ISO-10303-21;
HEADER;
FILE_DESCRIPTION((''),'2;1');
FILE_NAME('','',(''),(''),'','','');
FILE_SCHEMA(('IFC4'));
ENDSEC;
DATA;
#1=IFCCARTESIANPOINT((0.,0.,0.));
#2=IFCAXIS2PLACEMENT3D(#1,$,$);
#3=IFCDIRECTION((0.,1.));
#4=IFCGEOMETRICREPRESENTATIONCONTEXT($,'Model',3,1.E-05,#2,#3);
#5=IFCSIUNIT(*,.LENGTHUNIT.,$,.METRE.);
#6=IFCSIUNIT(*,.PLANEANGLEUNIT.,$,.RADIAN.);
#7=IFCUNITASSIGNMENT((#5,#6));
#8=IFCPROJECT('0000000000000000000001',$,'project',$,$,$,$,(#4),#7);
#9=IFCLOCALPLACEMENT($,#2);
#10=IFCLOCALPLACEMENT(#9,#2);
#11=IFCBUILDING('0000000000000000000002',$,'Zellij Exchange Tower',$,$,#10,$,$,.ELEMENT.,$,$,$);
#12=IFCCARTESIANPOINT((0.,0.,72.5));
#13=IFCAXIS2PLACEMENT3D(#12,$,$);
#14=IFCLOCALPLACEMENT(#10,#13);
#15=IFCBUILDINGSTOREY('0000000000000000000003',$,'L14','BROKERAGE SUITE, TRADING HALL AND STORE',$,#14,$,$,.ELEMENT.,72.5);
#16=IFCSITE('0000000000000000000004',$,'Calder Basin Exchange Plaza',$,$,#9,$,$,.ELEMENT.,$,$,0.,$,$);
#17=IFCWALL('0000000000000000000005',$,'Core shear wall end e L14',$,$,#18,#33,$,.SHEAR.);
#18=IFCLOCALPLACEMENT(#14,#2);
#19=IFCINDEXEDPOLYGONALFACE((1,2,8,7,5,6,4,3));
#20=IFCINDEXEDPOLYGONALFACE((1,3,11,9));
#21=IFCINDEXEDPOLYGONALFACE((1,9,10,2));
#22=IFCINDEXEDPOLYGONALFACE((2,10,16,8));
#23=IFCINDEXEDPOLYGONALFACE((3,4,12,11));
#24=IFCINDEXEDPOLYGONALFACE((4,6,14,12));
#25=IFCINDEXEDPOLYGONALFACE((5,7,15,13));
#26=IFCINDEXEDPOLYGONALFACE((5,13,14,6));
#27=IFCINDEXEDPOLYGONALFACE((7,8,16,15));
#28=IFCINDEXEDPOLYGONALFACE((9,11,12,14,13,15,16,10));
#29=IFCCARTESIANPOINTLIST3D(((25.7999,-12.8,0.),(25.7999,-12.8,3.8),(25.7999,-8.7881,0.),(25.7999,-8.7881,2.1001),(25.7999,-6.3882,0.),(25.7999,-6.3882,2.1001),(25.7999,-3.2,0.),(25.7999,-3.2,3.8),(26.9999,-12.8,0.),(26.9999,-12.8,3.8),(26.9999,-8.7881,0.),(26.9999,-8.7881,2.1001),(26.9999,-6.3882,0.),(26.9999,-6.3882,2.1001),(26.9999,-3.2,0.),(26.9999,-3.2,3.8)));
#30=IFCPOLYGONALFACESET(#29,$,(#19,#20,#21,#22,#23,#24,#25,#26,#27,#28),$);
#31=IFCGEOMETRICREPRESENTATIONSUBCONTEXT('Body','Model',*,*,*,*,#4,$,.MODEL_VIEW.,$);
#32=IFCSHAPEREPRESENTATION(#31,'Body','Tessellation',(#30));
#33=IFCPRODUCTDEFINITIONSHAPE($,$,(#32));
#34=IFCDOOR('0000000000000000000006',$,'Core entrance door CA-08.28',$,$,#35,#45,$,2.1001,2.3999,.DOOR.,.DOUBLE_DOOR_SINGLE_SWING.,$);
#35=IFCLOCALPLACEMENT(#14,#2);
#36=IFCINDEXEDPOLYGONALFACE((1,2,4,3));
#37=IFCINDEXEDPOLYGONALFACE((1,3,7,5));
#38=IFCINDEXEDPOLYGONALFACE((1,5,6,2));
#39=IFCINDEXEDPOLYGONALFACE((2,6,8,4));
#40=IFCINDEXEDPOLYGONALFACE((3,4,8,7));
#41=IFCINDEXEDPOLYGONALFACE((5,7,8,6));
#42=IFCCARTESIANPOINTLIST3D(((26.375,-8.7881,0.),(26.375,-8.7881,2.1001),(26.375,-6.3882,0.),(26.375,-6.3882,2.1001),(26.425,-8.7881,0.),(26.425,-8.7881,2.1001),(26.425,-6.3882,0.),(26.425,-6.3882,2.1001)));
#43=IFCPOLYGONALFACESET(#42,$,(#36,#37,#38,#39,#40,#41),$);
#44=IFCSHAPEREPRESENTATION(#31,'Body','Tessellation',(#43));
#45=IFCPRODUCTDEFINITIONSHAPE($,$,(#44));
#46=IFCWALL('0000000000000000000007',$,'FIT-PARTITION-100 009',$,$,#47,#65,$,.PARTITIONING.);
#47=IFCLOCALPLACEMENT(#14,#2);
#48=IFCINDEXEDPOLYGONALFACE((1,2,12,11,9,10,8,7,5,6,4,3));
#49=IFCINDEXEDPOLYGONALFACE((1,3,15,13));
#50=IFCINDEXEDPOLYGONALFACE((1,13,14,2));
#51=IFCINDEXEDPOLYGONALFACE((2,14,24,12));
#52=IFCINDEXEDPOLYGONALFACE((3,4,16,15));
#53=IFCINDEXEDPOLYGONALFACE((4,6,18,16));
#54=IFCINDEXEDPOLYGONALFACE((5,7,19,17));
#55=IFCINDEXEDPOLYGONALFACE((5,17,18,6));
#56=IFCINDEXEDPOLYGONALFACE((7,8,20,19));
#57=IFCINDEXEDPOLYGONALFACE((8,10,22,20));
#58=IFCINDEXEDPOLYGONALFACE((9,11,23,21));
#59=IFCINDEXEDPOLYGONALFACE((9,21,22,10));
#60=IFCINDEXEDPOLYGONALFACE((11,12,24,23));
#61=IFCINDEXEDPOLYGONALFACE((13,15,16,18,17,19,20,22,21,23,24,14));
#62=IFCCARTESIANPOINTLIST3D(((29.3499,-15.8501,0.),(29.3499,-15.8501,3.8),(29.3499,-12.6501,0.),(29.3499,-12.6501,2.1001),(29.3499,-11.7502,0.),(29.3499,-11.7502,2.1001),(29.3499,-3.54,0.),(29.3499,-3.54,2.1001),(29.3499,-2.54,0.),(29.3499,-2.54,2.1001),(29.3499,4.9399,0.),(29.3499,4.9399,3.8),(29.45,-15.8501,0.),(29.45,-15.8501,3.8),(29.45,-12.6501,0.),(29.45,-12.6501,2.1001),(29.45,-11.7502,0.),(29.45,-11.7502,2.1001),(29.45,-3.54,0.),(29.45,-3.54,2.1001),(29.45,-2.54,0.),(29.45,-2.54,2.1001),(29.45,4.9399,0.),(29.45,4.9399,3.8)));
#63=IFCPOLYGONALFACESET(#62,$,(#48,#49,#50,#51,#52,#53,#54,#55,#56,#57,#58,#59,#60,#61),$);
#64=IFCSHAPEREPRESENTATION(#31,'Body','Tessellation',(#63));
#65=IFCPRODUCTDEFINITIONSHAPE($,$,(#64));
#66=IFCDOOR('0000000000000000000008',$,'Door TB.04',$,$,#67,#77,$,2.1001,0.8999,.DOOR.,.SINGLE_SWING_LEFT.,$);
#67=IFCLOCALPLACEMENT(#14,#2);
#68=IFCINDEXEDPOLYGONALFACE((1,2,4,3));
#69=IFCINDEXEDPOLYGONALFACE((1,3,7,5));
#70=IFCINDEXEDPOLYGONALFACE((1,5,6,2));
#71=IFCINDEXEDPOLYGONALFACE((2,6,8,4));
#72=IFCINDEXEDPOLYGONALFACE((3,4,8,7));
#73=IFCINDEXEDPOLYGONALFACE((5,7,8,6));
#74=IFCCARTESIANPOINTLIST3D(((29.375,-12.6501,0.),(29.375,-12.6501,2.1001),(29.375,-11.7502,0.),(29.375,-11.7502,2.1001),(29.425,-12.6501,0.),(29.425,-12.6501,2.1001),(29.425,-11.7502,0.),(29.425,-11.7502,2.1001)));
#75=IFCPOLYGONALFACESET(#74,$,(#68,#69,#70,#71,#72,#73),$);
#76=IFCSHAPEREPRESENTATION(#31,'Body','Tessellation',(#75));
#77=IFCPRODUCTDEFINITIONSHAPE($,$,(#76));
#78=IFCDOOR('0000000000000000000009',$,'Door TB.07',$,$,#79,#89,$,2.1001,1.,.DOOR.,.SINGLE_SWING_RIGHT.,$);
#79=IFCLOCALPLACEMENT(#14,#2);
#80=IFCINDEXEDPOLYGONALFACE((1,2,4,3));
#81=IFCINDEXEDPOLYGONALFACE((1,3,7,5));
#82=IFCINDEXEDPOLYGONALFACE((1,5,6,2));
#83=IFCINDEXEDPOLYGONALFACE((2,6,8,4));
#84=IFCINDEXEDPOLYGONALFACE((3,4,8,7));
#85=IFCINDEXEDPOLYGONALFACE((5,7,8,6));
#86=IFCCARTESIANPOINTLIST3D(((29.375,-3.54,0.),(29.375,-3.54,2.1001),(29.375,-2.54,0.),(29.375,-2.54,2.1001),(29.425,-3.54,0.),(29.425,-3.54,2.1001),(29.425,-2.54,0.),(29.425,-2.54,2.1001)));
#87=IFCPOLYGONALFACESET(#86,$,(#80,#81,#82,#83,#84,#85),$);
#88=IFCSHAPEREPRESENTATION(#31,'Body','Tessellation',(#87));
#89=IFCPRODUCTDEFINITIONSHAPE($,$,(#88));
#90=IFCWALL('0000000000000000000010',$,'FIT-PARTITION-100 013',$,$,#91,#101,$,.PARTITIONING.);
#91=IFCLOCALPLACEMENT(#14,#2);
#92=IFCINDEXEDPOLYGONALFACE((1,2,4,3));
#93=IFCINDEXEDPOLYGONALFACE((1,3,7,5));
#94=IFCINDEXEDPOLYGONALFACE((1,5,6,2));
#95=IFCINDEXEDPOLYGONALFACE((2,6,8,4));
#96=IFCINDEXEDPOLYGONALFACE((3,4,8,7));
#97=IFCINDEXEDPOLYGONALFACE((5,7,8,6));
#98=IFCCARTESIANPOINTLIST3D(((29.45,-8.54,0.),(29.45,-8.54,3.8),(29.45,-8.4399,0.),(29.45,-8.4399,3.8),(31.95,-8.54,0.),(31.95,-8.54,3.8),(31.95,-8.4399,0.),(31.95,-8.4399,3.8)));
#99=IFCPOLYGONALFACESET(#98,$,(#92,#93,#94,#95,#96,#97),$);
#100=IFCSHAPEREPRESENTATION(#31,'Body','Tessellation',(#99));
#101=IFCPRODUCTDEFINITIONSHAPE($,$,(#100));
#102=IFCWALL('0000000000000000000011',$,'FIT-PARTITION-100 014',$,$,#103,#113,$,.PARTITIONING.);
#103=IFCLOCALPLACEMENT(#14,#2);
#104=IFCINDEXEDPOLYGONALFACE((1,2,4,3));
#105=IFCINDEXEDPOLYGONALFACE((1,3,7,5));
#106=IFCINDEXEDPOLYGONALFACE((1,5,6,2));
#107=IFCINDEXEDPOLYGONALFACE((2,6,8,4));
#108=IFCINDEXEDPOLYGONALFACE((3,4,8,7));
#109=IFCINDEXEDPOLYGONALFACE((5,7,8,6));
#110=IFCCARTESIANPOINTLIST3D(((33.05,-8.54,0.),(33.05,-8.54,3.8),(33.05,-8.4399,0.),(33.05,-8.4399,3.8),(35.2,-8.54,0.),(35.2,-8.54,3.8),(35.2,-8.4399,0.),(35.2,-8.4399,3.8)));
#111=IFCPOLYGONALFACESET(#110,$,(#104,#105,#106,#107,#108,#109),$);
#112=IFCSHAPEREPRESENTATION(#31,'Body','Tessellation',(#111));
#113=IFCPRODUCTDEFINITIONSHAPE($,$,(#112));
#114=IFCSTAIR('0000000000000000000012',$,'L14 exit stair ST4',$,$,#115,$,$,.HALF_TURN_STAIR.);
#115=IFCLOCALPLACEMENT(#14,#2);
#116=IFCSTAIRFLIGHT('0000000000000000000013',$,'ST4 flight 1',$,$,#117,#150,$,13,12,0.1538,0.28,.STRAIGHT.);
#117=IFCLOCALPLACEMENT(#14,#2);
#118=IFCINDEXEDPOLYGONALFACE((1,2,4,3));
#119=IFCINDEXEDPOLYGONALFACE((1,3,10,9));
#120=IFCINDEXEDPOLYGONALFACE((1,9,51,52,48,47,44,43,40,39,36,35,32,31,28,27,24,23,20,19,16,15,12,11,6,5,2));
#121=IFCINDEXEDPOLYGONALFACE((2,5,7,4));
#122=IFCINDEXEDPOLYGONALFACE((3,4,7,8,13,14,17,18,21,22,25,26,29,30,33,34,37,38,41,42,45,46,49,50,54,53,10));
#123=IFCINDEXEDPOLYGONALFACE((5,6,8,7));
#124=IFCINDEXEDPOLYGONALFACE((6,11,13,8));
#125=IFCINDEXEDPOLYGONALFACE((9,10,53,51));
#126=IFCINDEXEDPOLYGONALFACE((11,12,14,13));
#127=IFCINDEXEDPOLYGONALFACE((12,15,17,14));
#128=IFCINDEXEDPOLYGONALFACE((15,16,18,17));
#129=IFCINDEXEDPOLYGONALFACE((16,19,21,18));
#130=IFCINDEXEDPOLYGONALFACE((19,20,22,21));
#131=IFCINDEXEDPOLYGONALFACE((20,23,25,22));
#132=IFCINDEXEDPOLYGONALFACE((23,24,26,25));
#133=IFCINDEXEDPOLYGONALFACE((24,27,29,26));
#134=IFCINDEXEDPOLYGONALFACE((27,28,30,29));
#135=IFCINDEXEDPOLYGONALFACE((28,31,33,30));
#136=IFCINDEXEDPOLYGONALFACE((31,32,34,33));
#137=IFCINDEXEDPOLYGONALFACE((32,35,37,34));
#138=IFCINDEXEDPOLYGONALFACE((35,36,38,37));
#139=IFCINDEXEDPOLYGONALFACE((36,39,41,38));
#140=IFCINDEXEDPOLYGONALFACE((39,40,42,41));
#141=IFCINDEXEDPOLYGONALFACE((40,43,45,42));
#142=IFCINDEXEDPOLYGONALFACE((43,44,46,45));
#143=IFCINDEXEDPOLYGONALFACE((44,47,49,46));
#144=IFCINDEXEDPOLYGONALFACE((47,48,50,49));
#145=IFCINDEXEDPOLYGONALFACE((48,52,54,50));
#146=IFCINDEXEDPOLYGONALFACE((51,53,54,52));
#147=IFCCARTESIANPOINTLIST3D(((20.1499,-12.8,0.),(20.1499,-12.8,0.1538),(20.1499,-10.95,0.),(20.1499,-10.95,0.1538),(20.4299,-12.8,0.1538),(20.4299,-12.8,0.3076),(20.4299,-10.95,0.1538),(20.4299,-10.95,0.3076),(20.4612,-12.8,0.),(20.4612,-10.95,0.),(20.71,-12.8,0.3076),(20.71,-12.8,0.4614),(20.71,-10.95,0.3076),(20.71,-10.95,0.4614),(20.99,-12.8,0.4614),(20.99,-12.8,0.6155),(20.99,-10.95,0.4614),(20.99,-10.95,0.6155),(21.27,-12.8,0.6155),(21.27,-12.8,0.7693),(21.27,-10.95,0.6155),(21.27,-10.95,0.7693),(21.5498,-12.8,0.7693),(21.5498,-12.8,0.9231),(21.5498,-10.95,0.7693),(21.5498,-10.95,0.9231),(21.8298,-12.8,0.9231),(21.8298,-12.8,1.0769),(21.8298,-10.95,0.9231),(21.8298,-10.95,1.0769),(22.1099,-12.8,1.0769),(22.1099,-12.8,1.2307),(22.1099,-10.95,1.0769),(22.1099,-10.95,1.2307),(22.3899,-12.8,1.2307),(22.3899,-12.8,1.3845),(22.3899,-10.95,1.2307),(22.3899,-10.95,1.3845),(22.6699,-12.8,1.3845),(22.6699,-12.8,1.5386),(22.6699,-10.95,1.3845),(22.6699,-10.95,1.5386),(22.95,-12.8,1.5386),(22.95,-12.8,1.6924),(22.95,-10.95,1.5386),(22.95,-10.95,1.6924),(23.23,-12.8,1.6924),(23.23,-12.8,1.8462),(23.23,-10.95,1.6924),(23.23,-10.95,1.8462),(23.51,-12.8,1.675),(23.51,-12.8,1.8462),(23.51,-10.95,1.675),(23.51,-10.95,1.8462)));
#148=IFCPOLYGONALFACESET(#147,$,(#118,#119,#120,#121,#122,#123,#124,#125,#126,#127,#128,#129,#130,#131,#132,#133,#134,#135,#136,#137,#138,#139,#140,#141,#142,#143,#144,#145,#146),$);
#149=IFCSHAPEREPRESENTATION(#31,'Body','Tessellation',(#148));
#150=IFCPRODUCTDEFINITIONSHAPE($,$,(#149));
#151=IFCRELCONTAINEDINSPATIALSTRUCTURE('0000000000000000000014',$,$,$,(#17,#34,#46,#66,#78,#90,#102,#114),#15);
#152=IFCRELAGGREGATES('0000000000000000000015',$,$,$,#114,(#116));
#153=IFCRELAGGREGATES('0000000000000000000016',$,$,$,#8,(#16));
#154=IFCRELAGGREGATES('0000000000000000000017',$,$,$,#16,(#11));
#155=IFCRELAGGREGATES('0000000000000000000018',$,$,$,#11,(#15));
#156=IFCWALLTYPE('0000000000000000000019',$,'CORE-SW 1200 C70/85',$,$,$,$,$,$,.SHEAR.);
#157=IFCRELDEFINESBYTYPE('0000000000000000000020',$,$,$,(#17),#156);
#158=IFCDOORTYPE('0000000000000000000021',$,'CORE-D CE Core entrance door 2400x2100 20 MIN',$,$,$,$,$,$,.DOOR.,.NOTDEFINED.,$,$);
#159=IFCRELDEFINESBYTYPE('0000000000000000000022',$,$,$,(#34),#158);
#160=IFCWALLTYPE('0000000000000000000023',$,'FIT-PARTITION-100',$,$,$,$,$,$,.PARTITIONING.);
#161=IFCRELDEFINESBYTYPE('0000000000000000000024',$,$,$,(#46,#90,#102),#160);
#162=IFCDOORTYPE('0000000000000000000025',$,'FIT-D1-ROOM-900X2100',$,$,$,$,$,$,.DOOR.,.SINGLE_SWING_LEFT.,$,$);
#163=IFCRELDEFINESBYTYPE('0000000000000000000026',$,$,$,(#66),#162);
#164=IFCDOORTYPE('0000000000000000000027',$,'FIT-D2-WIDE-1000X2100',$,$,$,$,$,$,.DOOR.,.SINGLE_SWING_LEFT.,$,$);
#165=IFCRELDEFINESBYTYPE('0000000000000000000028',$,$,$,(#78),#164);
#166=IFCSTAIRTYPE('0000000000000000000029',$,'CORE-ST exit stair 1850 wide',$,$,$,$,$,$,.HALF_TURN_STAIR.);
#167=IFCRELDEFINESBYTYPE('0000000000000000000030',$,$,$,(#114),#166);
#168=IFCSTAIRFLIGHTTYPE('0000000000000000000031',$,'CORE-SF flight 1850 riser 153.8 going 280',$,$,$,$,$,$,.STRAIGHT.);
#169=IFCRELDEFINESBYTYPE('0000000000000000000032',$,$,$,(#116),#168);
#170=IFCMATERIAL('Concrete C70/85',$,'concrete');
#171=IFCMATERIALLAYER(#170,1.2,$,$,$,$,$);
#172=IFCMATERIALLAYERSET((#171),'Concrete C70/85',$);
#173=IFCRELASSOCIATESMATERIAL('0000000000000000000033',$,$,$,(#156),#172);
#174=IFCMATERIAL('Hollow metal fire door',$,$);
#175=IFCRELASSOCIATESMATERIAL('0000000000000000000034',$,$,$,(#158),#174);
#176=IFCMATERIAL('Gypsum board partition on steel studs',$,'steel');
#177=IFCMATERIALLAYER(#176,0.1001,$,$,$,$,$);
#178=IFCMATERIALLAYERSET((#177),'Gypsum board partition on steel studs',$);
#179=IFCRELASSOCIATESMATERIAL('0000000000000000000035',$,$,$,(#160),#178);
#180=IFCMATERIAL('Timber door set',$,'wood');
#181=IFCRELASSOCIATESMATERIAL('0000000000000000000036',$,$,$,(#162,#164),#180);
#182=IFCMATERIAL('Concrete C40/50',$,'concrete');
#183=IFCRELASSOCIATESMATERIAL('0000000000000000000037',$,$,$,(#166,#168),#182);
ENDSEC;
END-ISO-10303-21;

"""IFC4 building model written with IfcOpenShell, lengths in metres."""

from ifc_helpers import new_model, si_unit, direction, frame, frame_2d, origin, place, context, subcontext, project, spatial, polyline, rectangle, outline, extrude, material, layer, layer_set, type_object, element, fill, aggregate, save


model = new_model("IFC4")

# Units and contexts
model_context = context("Model", 3, precision=1e-05, world=origin(), true_north=direction((0.0, 1.0)))
body_context = subcontext(model_context, "Body", "Model", "MODEL_VIEW")
ifc_project = project(units=[si_unit("LENGTHUNIT", "METRE"), si_unit("PLANEANGLEUNIT", "RADIAN")], contexts=[model_context])

# Site, building, storey
site_placement = place(None, origin())
site = spatial("IfcSite", under=ifc_project, at=site_placement, Name="Calder Basin Exchange Plaza", CompositionType="ELEMENT", RefElevation=0.0)
building_placement = place(site_placement, origin())
building = spatial("IfcBuilding", under=site, at=building_placement, Name="Zellij Exchange Tower", CompositionType="ELEMENT")
storey_placement = place(building_placement, frame((0.0, 0.0, 72.5)))
storey = spatial("IfcBuildingStorey", under=building, at=storey_placement, Name="L14", Description="BROKERAGE SUITE, TRADING HALL AND STORE", CompositionType="ELEMENT", Elevation=72.5)

# Shared definitions
ifc_material_1 = material(Name="Concrete C70/85", Category="concrete")

# Wall, opening, door
ifc_layer_1 = layer(ifc_material_1, 1.2)
ifc_layer_set_1 = layer_set([ifc_layer_1], Name="Concrete C70/85")
wall_type_1 = type_object("IfcWallType", Name="CORE-SW 1200 C70/85", PredefinedType="SHEAR", material=ifc_layer_set_1)
wall_1_placement = place(storey_placement, frame((26.3999, -12.8, 0.0), z_axis=(0.0, 0.0, 1.0), x_axis=(0.0, 1.0, 0.0)))
wall_1 = element("IfcWall", 1, at=wall_1_placement, inside=storey, type_object=wall_type_1, Name="Core shear wall end e L14", PredefinedType="SHEAR", context=body_context, shape_type="SweptSolid", body=[
    extrude(rectangle(XDim=9.6001, YDim=1.2, at=frame_2d((4.8, 0.0))), origin(), (0.0, 0.0, 1.0), 3.8),
])
opening_1_placement = place(wall_1_placement, frame((4.012, 0.0, 0.0)))
opening_1 = element("IfcOpeningElement", 2, at=opening_1_placement, cuts=wall_1, PredefinedType="OPENING", context=body_context, shape_type="SweptSolid", body=[
    extrude(rectangle(XDim=2.3999, YDim=2.1001, at=frame_2d((1.2, 1.05))), frame((0.0, 0.6118, 0.0), z_axis=(0.0, -1.0, 0.0), x_axis=(1.0, 0.0, 0.0)), (0.0, 0.0, 1.0), 1.2239),
])
ifc_material_2 = material(Name="Hollow metal fire door")
door_type_1 = type_object("IfcDoorType", Name="CORE-D CE Core entrance door 2400x2100 20 MIN", OperationType="NOTDEFINED", PredefinedType="DOOR", material=ifc_material_2)
door_1_placement = place(opening_1_placement, origin())
door_1 = element("IfcDoor", 3, at=door_1_placement, inside=storey, type_object=door_type_1, Name="Core entrance door CA-08.28", OperationType="DOUBLE_DOOR_SINGLE_SWING", OverallHeight=2.1001, OverallWidth=2.3999, PredefinedType="DOOR", context=body_context, shape_type="SweptSolid", body=[
    extrude(rectangle(XDim=2.3999, YDim=2.1001, at=frame_2d((1.2, 1.05))), frame((0.0, 0.0249, 0.0), z_axis=(0.0, -1.0, 0.0), x_axis=(1.0, 0.0, 0.0)), (0.0, 0.0, 1.0), 0.05),
])
fill(opening_1, door_1)

# Wall, openings, doors
ifc_material_3 = material(Name="Gypsum board partition on steel studs", Category="steel")
ifc_layer_2 = layer(ifc_material_3, 0.1001)
ifc_layer_set_2 = layer_set([ifc_layer_2], Name="Gypsum board partition on steel studs")
wall_type_2 = type_object("IfcWallType", Name="FIT-PARTITION-100", PredefinedType="PARTITIONING", material=ifc_layer_set_2)
wall_2_placement = place(storey_placement, frame((29.3999, -15.8501, 0.0), z_axis=(0.0, 0.0, 1.0), x_axis=(0.0, 1.0, 0.0)))
wall_2 = element("IfcWall", 4, at=wall_2_placement, inside=storey, type_object=wall_type_2, Name="FIT-PARTITION-100 009", PredefinedType="PARTITIONING", context=body_context, shape_type="SweptSolid", body=[
    extrude(rectangle(XDim=20.79, YDim=0.1001, at=frame_2d((10.395, 0.0))), origin(), (0.0, 0.0, 1.0), 3.8),
])
opening_2_placement = place(wall_2_placement, frame((3.2, 0.0, 0.0)))
opening_2 = element("IfcOpeningElement", 5, at=opening_2_placement, cuts=wall_2, PredefinedType="OPENING", context=body_context, shape_type="SweptSolid", body=[
    extrude(rectangle(XDim=0.8999, YDim=2.1001, at=frame_2d((0.45, 1.05))), frame((0.0, 0.062, 0.0), z_axis=(0.0, -1.0, 0.0), x_axis=(1.0, 0.0, 0.0)), (0.0, 0.0, 1.0), 0.124),
])
opening_3_placement = place(wall_2_placement, frame((12.3101, 0.0, 0.0)))
opening_3 = element("IfcOpeningElement", 6, at=opening_3_placement, cuts=wall_2, PredefinedType="OPENING", context=body_context, shape_type="SweptSolid", body=[
    extrude(rectangle(XDim=1.0, YDim=2.1001, at=frame_2d((0.5, 1.05))), frame((0.0, 0.062, 0.0), z_axis=(0.0, -1.0, 0.0), x_axis=(1.0, 0.0, 0.0)), (0.0, 0.0, 1.0), 0.124),
])
ifc_material_4 = material(Name="Timber door set", Category="wood")
door_type_2 = type_object("IfcDoorType", Name="FIT-D1-ROOM-900X2100", OperationType="SINGLE_SWING_LEFT", PredefinedType="DOOR", material=ifc_material_4)
door_2_placement = place(opening_2_placement, origin())
door_2 = element("IfcDoor", 7, at=door_2_placement, inside=storey, type_object=door_type_2, Name="Door TB.04", OperationType="SINGLE_SWING_LEFT", OverallHeight=2.1001, OverallWidth=0.8999, PredefinedType="DOOR", context=body_context, shape_type="SweptSolid", body=[
    extrude(rectangle(XDim=0.8999, YDim=2.1001, at=frame_2d((0.45, 1.05))), frame((0.0, 0.0249, 0.0), z_axis=(0.0, -1.0, 0.0), x_axis=(1.0, 0.0, 0.0)), (0.0, 0.0, 1.0), 0.05),
])
fill(opening_2, door_2)
door_type_3 = type_object("IfcDoorType", Name="FIT-D2-WIDE-1000X2100", OperationType="SINGLE_SWING_LEFT", PredefinedType="DOOR", material=ifc_material_4)
door_3_placement = place(opening_3_placement, origin())
door_3 = element("IfcDoor", 8, at=door_3_placement, inside=storey, type_object=door_type_3, Name="Door TB.07", OperationType="SINGLE_SWING_RIGHT", OverallHeight=2.1001, OverallWidth=1.0, PredefinedType="DOOR", context=body_context, shape_type="SweptSolid", body=[
    extrude(rectangle(XDim=1.0, YDim=2.1001, at=frame_2d((0.5, 1.05))), frame((0.0, 0.0249, 0.0), z_axis=(0.0, -1.0, 0.0), x_axis=(1.0, 0.0, 0.0)), (0.0, 0.0, 1.0), 0.05),
])
fill(opening_3, door_3)

# Walls
wall_3_placement = place(storey_placement, frame((29.45, -8.49, 0.0), z_axis=(0.0, 0.0, 1.0), x_axis=(1.0, 0.0, 0.0)))
element("IfcWall", 9, at=wall_3_placement, inside=storey, type_object=wall_type_2, Name="FIT-PARTITION-100 013", PredefinedType="PARTITIONING", context=body_context, shape_type="SweptSolid", body=[
    extrude(rectangle(XDim=2.5, YDim=0.1001, at=frame_2d((1.25, 0.0))), origin(), (0.0, 0.0, 1.0), 3.8),
])
wall_4_placement = place(storey_placement, frame((33.05, -8.49, 0.0), z_axis=(0.0, 0.0, 1.0), x_axis=(1.0, 0.0, 0.0)))
element("IfcWall", 10, at=wall_4_placement, inside=storey, type_object=wall_type_2, Name="FIT-PARTITION-100 014", PredefinedType="PARTITIONING", context=body_context, shape_type="SweptSolid", body=[
    extrude(rectangle(XDim=2.1499, YDim=0.1001, at=frame_2d((1.075, 0.0))), origin(), (0.0, 0.0, 1.0), 3.8),
])

# Stair, stair flight
ifc_material_5 = material(Name="Concrete C40/50", Category="concrete")
stair_type = type_object("IfcStairType", Name="CORE-ST exit stair 1850 wide", PredefinedType="HALF_TURN_STAIR", material=ifc_material_5)
stair_placement = place(storey_placement, origin())
stair = element("IfcStair", 11, at=stair_placement, inside=storey, type_object=stair_type, Name="L14 exit stair ST4", PredefinedType="HALF_TURN_STAIR")
stair_flight_type = type_object("IfcStairFlightType", Name="CORE-SF flight 1850 riser 153.8 going 280", PredefinedType="STRAIGHT", material=ifc_material_5)
stair_flight_1_placement = place(storey_placement, frame((20.1499, -11.875, 0.0), z_axis=(0.0, 0.0, 1.0), x_axis=(1.0, 0.0, 0.0)))
stair_flight_1 = element("IfcStairFlight", 12, at=stair_flight_1_placement, type_object=stair_flight_type, Name="ST4 flight 1", NumberOfRisers=13, NumberOfTreads=12, PredefinedType="STRAIGHT", RiserHeight=0.1538, TreadLength=0.28, context=body_context, shape_type="SweptSolid", body=[
    extrude(outline(polyline([(0.0, 0.0), (0.0, 0.1538), (0.28, 0.1538), (0.28, 0.3076), (0.5601, 0.3076), (0.5601, 0.4614), (0.8401, 0.4614), (0.8401, 0.6155), (1.1201, 0.6155), (1.1201, 0.7693), (1.3999, 0.7693), (1.3999, 0.9231), (1.6799, 0.9231), (1.6799, 1.0769), (1.96, 1.0769), (1.96, 1.2307), (2.24, 1.2307), (2.24, 1.3845), (2.52, 1.3845), (2.52, 1.5386), (2.8, 1.5386), (2.8, 1.6924), (3.0801, 1.6924), (3.0801, 1.8462), (3.3601, 1.8462), (3.3601, 2.0), (3.3601, 1.675), (0.3113, 0.0), (0.0, 0.0)])), frame((0.0, 0.925, 0.0), z_axis=(0.0, -1.0, 0.0), x_axis=(1.0, 0.0, 0.0)), (0.0, 0.0, 1.0), 1.8501),
])
aggregate(stair, [stair_flight_1])

save(model, "model.ifc")
